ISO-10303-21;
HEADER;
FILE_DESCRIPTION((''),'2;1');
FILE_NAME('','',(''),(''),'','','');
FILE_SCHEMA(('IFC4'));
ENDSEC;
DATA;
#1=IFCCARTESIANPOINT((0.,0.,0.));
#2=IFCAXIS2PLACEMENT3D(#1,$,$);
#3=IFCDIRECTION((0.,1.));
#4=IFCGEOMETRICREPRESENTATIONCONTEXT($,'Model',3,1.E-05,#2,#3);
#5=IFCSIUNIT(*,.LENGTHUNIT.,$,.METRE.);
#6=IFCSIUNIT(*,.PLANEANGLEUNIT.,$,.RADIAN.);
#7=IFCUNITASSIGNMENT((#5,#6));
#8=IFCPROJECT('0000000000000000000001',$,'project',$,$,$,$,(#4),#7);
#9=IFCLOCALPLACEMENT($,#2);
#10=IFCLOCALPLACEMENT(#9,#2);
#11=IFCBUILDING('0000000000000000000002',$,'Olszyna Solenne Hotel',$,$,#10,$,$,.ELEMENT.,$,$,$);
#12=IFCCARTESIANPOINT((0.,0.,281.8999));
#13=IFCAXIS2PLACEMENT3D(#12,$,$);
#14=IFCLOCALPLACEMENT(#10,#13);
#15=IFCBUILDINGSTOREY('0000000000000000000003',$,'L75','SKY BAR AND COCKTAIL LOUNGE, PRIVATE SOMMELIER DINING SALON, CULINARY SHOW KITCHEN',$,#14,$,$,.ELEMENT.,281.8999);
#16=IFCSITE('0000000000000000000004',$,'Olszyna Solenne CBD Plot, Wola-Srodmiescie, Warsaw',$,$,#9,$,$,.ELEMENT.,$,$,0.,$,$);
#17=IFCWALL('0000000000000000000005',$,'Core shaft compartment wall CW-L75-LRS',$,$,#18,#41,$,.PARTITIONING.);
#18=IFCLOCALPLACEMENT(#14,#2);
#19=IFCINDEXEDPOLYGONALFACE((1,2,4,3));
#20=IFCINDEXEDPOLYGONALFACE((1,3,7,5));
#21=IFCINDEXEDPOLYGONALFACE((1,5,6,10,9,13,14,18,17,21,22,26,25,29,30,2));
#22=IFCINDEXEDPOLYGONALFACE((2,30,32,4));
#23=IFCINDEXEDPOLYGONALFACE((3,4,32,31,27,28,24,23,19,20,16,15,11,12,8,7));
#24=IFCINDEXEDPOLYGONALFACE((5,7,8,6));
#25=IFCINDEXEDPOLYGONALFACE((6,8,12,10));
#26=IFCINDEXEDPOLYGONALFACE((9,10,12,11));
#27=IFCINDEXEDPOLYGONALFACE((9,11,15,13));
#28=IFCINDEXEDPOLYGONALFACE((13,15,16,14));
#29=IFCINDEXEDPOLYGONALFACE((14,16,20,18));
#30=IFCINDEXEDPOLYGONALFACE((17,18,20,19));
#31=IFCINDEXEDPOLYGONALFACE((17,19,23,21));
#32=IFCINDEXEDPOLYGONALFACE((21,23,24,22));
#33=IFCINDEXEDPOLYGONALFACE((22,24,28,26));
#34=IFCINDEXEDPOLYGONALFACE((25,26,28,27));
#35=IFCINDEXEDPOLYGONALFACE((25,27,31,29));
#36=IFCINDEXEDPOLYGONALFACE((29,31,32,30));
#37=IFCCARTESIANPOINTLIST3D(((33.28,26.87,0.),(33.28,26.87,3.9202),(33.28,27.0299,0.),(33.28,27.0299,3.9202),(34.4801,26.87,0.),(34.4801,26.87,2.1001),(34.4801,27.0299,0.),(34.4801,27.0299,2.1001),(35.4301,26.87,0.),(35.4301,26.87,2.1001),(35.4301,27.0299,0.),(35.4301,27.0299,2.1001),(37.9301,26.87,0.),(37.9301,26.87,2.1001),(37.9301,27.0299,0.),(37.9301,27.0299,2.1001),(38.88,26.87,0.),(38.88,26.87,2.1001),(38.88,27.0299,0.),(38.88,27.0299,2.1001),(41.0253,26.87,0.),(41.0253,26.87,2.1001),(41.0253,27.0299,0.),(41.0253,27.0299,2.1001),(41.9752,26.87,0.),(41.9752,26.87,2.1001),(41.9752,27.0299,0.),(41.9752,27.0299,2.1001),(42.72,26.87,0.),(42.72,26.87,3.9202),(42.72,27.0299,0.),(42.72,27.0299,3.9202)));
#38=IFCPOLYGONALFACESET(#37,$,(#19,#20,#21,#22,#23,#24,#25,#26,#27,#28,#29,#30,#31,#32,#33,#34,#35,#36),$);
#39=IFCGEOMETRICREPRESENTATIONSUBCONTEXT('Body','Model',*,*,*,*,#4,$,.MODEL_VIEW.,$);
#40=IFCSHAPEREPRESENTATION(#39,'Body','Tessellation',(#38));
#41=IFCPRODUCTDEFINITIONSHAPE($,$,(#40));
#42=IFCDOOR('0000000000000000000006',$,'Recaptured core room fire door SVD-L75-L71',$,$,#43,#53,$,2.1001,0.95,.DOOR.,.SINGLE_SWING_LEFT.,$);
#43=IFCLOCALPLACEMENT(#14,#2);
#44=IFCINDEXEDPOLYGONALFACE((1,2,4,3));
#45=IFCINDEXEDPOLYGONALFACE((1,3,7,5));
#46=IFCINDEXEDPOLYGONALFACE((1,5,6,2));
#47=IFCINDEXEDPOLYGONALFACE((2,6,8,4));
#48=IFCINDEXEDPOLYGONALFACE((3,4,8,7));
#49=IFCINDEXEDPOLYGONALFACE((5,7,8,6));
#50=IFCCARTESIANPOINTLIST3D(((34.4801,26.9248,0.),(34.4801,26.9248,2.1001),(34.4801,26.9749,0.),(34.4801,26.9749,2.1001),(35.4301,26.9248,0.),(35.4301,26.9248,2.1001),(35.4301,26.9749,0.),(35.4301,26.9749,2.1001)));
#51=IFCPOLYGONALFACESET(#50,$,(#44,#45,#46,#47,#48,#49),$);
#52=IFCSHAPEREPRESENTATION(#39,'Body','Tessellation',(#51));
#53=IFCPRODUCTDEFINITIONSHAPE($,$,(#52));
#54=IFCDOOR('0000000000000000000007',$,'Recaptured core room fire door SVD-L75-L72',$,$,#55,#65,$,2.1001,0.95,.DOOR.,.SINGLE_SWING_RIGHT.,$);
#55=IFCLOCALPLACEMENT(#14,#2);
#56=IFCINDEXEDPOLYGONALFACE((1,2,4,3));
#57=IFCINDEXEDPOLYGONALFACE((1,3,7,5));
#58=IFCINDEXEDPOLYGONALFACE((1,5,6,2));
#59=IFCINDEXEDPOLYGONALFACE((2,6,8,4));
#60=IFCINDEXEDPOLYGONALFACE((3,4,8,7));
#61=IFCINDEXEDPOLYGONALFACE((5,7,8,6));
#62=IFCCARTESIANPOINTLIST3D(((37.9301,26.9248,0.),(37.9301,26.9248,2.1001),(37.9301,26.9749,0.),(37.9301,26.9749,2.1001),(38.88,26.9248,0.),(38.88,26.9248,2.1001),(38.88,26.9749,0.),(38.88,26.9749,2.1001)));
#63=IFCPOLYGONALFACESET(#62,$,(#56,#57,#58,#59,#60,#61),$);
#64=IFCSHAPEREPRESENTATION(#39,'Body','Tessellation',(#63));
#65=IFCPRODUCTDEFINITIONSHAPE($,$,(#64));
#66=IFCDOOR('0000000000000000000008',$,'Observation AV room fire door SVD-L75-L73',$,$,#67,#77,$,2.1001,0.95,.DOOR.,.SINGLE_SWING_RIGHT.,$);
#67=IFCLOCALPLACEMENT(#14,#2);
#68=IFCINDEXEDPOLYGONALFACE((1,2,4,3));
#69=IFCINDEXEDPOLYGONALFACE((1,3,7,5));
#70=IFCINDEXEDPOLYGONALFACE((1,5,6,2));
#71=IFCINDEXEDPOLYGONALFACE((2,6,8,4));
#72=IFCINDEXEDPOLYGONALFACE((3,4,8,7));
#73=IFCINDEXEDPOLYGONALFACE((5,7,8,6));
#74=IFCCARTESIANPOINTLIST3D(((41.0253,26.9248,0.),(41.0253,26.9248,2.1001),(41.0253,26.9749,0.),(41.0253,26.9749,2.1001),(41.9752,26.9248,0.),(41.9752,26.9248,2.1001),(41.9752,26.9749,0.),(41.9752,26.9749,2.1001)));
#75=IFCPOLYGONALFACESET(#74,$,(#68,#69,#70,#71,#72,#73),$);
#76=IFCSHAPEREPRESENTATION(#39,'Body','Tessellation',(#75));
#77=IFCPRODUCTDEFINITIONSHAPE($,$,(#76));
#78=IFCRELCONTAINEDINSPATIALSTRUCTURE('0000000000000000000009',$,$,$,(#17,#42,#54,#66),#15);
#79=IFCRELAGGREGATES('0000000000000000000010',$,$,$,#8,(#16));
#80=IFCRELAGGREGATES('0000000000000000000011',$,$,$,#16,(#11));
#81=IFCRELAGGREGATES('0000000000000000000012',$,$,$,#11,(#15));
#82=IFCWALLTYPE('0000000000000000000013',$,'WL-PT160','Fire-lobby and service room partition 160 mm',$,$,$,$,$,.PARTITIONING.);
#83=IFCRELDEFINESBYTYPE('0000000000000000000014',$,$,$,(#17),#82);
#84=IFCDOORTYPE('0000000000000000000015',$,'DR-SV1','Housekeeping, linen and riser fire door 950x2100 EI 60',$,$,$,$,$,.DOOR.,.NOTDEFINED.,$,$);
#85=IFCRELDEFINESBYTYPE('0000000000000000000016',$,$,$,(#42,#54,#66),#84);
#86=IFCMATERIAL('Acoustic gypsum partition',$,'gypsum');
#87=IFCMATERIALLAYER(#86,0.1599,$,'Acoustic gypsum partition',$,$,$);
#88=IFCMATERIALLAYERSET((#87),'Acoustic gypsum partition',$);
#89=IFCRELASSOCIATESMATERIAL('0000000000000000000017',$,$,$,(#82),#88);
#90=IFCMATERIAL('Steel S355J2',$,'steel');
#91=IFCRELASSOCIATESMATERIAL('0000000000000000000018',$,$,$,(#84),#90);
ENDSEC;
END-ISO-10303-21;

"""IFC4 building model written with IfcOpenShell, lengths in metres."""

from ifc_helpers import new_model, si_unit, direction, frame, frame_2d, origin, place, context, subcontext, project, spatial, rectangle, extrude, source, transform, mapped, material, layer, layer_set, type_object, type_shapes, element, fill, save


model = new_model("IFC4")

# Units and contexts
model_context = context("Model", 3, precision=1e-05, world=origin(), true_north=direction((0.0, 1.0)))
body_context = subcontext(model_context, "Body", "Model", "MODEL_VIEW")
ifc_project = project(units=[si_unit("LENGTHUNIT", "METRE"), si_unit("PLANEANGLEUNIT", "RADIAN")], contexts=[model_context])

# Site, building, storey
site_placement = place(None, origin())
site = spatial("IfcSite", under=ifc_project, at=site_placement, Name="Olszyna Solenne CBD Plot, Wola-Srodmiescie, Warsaw", CompositionType="ELEMENT", RefElevation=0.0)
building_placement = place(site_placement, origin())
building = spatial("IfcBuilding", under=site, at=building_placement, Name="Olszyna Solenne Hotel", CompositionType="ELEMENT")
storey_placement = place(building_placement, frame((0.0, 0.0, 281.8999)))
storey = spatial("IfcBuildingStorey", under=building, at=storey_placement, Name="L75", Description="SKY BAR AND COCKTAIL LOUNGE, PRIVATE SOMMELIER DINING SALON, CULINARY SHOW KITCHEN", CompositionType="ELEMENT", Elevation=281.8999)

# Shared definitions
ifc_material_1 = material(Name="Steel S355J2", Category="steel")

# Shared definitions
ifc_material_2 = material(Name="Acoustic gypsum partition", Category="gypsum")
ifc_layer_1 = layer(ifc_material_2, 0.1599, Name="Acoustic gypsum partition")
ifc_layer_set_1 = layer_set([ifc_layer_1], Name="Acoustic gypsum partition")
wall_type_1 = type_object("IfcWallType", Name="WL-PT160", Description="Fire-lobby and service room partition 160 mm", PredefinedType="PARTITIONING", material=ifc_layer_set_1)

# Wall, openings, doors
wall_1_placement = place(storey_placement, frame((33.28, 26.95, 0.0), z_axis=(0.0, 0.0, 1.0), x_axis=(1.0, 0.0, 0.0)))
wall_1 = element("IfcWall", 1, at=wall_1_placement, inside=storey, type_object=wall_type_1, Name="Core shaft compartment wall CW-L75-LRS", PredefinedType="PARTITIONING", context=body_context, shape_type="SweptSolid", body=[
    extrude(rectangle(XDim=9.4399, YDim=0.1599, at=frame_2d((4.72, 0.0))), origin(), (0.0, 0.0, 1.0), 3.9202),
])
opening_1_placement = place(wall_1_placement, frame((1.2, 0.0, 0.0)))
opening_1 = element("IfcOpeningElement", 2, at=opening_1_placement, cuts=wall_1, PredefinedType="OPENING", context=body_context, shape_type="SweptSolid", body=[
    extrude(rectangle(XDim=0.95, YDim=2.1001, at=frame_2d((0.4751, 1.05))), frame((0.0, 0.0898, 0.0), z_axis=(0.0, -1.0, 0.0), x_axis=(1.0, 0.0, 0.0)), (0.0, 0.0, 1.0), 0.1799),
])
opening_2_placement = place(wall_1_placement, frame((4.6499, 0.0, 0.0)))
opening_2 = element("IfcOpeningElement", 3, at=opening_2_placement, cuts=wall_1, PredefinedType="OPENING", context=body_context, shape_type="SweptSolid", body=[
    extrude(rectangle(XDim=0.95, YDim=2.1001, at=frame_2d((0.4751, 1.05))), frame((0.0, 0.0898, 0.0), z_axis=(0.0, -1.0, 0.0), x_axis=(1.0, 0.0, 0.0)), (0.0, 0.0, 1.0), 0.1799),
])
opening_3_placement = place(wall_1_placement, frame((7.7451, 0.0, 0.0)))
opening_3 = element("IfcOpeningElement", 4, at=opening_3_placement, cuts=wall_1, PredefinedType="OPENING", context=body_context, shape_type="SweptSolid", body=[
    extrude(rectangle(XDim=0.95, YDim=2.1001, at=frame_2d((0.4751, 1.05))), frame((0.0, 0.0898, 0.0), z_axis=(0.0, -1.0, 0.0), x_axis=(1.0, 0.0, 0.0)), (0.0, 0.0, 1.0), 0.1799),
])
door_type_1 = type_object("IfcDoorType", Name="DR-SV1", Description="Housekeeping, linen and riser fire door 950x2100 EI 60", OperationType="NOTDEFINED", PredefinedType="DOOR", material=ifc_material_1)
shared_shape_1 = source(origin(), body_context, "Body", "SweptSolid", [
    extrude(rectangle(XDim=0.95, YDim=2.1001, at=frame_2d((0.4751, 1.05))), frame((0.0, 0.0249, 0.0), z_axis=(0.0, -1.0, 0.0), x_axis=(1.0, 0.0, 0.0)), (0.0, 0.0, 1.0), 0.05),
])
type_shapes(door_type_1, [shared_shape_1])
door_1_placement = place(opening_1_placement, origin())
door_1 = element("IfcDoor", 5, at=door_1_placement, inside=storey, type_object=door_type_1, Name="Recaptured core room fire door SVD-L75-L71", OperationType="SINGLE_SWING_LEFT", OverallHeight=2.1001, OverallWidth=0.95, PredefinedType="DOOR", context=body_context, shape_type="MappedRepresentation", body=[
    mapped(shared_shape_1, transform((0.0, 0.0, 0.0), x_axis=(1.0, 0.0, 0.0), y_axis=(0.0, 1.0, 0.0), z_axis=(0.0, 0.0, 1.0), scale=1.0)),
])
fill(opening_1, door_1)
door_2_placement = place(opening_2_placement, origin())
door_2 = element("IfcDoor", 6, at=door_2_placement, inside=storey, type_object=door_type_1, Name="Recaptured core room fire door SVD-L75-L72", OperationType="SINGLE_SWING_RIGHT", OverallHeight=2.1001, OverallWidth=0.95, PredefinedType="DOOR", context=body_context, shape_type="MappedRepresentation", body=[
    mapped(shared_shape_1, transform((0.0, 0.0, 0.0), x_axis=(1.0, 0.0, 0.0), y_axis=(0.0, 1.0, 0.0), z_axis=(0.0, 0.0, 1.0), scale=1.0)),
])
fill(opening_2, door_2)
door_3_placement = place(opening_3_placement, origin())
door_3 = element("IfcDoor", 7, at=door_3_placement, inside=storey, type_object=door_type_1, Name="Observation AV room fire door SVD-L75-L73", OperationType="SINGLE_SWING_RIGHT", OverallHeight=2.1001, OverallWidth=0.95, PredefinedType="DOOR", context=body_context, shape_type="MappedRepresentation", body=[
    mapped(shared_shape_1, transform((0.0, 0.0, 0.0), x_axis=(1.0, 0.0, 0.0), y_axis=(0.0, 1.0, 0.0), z_axis=(0.0, 0.0, 1.0), scale=1.0)),
])
fill(opening_3, door_3)

save(model, "model.ifc")
